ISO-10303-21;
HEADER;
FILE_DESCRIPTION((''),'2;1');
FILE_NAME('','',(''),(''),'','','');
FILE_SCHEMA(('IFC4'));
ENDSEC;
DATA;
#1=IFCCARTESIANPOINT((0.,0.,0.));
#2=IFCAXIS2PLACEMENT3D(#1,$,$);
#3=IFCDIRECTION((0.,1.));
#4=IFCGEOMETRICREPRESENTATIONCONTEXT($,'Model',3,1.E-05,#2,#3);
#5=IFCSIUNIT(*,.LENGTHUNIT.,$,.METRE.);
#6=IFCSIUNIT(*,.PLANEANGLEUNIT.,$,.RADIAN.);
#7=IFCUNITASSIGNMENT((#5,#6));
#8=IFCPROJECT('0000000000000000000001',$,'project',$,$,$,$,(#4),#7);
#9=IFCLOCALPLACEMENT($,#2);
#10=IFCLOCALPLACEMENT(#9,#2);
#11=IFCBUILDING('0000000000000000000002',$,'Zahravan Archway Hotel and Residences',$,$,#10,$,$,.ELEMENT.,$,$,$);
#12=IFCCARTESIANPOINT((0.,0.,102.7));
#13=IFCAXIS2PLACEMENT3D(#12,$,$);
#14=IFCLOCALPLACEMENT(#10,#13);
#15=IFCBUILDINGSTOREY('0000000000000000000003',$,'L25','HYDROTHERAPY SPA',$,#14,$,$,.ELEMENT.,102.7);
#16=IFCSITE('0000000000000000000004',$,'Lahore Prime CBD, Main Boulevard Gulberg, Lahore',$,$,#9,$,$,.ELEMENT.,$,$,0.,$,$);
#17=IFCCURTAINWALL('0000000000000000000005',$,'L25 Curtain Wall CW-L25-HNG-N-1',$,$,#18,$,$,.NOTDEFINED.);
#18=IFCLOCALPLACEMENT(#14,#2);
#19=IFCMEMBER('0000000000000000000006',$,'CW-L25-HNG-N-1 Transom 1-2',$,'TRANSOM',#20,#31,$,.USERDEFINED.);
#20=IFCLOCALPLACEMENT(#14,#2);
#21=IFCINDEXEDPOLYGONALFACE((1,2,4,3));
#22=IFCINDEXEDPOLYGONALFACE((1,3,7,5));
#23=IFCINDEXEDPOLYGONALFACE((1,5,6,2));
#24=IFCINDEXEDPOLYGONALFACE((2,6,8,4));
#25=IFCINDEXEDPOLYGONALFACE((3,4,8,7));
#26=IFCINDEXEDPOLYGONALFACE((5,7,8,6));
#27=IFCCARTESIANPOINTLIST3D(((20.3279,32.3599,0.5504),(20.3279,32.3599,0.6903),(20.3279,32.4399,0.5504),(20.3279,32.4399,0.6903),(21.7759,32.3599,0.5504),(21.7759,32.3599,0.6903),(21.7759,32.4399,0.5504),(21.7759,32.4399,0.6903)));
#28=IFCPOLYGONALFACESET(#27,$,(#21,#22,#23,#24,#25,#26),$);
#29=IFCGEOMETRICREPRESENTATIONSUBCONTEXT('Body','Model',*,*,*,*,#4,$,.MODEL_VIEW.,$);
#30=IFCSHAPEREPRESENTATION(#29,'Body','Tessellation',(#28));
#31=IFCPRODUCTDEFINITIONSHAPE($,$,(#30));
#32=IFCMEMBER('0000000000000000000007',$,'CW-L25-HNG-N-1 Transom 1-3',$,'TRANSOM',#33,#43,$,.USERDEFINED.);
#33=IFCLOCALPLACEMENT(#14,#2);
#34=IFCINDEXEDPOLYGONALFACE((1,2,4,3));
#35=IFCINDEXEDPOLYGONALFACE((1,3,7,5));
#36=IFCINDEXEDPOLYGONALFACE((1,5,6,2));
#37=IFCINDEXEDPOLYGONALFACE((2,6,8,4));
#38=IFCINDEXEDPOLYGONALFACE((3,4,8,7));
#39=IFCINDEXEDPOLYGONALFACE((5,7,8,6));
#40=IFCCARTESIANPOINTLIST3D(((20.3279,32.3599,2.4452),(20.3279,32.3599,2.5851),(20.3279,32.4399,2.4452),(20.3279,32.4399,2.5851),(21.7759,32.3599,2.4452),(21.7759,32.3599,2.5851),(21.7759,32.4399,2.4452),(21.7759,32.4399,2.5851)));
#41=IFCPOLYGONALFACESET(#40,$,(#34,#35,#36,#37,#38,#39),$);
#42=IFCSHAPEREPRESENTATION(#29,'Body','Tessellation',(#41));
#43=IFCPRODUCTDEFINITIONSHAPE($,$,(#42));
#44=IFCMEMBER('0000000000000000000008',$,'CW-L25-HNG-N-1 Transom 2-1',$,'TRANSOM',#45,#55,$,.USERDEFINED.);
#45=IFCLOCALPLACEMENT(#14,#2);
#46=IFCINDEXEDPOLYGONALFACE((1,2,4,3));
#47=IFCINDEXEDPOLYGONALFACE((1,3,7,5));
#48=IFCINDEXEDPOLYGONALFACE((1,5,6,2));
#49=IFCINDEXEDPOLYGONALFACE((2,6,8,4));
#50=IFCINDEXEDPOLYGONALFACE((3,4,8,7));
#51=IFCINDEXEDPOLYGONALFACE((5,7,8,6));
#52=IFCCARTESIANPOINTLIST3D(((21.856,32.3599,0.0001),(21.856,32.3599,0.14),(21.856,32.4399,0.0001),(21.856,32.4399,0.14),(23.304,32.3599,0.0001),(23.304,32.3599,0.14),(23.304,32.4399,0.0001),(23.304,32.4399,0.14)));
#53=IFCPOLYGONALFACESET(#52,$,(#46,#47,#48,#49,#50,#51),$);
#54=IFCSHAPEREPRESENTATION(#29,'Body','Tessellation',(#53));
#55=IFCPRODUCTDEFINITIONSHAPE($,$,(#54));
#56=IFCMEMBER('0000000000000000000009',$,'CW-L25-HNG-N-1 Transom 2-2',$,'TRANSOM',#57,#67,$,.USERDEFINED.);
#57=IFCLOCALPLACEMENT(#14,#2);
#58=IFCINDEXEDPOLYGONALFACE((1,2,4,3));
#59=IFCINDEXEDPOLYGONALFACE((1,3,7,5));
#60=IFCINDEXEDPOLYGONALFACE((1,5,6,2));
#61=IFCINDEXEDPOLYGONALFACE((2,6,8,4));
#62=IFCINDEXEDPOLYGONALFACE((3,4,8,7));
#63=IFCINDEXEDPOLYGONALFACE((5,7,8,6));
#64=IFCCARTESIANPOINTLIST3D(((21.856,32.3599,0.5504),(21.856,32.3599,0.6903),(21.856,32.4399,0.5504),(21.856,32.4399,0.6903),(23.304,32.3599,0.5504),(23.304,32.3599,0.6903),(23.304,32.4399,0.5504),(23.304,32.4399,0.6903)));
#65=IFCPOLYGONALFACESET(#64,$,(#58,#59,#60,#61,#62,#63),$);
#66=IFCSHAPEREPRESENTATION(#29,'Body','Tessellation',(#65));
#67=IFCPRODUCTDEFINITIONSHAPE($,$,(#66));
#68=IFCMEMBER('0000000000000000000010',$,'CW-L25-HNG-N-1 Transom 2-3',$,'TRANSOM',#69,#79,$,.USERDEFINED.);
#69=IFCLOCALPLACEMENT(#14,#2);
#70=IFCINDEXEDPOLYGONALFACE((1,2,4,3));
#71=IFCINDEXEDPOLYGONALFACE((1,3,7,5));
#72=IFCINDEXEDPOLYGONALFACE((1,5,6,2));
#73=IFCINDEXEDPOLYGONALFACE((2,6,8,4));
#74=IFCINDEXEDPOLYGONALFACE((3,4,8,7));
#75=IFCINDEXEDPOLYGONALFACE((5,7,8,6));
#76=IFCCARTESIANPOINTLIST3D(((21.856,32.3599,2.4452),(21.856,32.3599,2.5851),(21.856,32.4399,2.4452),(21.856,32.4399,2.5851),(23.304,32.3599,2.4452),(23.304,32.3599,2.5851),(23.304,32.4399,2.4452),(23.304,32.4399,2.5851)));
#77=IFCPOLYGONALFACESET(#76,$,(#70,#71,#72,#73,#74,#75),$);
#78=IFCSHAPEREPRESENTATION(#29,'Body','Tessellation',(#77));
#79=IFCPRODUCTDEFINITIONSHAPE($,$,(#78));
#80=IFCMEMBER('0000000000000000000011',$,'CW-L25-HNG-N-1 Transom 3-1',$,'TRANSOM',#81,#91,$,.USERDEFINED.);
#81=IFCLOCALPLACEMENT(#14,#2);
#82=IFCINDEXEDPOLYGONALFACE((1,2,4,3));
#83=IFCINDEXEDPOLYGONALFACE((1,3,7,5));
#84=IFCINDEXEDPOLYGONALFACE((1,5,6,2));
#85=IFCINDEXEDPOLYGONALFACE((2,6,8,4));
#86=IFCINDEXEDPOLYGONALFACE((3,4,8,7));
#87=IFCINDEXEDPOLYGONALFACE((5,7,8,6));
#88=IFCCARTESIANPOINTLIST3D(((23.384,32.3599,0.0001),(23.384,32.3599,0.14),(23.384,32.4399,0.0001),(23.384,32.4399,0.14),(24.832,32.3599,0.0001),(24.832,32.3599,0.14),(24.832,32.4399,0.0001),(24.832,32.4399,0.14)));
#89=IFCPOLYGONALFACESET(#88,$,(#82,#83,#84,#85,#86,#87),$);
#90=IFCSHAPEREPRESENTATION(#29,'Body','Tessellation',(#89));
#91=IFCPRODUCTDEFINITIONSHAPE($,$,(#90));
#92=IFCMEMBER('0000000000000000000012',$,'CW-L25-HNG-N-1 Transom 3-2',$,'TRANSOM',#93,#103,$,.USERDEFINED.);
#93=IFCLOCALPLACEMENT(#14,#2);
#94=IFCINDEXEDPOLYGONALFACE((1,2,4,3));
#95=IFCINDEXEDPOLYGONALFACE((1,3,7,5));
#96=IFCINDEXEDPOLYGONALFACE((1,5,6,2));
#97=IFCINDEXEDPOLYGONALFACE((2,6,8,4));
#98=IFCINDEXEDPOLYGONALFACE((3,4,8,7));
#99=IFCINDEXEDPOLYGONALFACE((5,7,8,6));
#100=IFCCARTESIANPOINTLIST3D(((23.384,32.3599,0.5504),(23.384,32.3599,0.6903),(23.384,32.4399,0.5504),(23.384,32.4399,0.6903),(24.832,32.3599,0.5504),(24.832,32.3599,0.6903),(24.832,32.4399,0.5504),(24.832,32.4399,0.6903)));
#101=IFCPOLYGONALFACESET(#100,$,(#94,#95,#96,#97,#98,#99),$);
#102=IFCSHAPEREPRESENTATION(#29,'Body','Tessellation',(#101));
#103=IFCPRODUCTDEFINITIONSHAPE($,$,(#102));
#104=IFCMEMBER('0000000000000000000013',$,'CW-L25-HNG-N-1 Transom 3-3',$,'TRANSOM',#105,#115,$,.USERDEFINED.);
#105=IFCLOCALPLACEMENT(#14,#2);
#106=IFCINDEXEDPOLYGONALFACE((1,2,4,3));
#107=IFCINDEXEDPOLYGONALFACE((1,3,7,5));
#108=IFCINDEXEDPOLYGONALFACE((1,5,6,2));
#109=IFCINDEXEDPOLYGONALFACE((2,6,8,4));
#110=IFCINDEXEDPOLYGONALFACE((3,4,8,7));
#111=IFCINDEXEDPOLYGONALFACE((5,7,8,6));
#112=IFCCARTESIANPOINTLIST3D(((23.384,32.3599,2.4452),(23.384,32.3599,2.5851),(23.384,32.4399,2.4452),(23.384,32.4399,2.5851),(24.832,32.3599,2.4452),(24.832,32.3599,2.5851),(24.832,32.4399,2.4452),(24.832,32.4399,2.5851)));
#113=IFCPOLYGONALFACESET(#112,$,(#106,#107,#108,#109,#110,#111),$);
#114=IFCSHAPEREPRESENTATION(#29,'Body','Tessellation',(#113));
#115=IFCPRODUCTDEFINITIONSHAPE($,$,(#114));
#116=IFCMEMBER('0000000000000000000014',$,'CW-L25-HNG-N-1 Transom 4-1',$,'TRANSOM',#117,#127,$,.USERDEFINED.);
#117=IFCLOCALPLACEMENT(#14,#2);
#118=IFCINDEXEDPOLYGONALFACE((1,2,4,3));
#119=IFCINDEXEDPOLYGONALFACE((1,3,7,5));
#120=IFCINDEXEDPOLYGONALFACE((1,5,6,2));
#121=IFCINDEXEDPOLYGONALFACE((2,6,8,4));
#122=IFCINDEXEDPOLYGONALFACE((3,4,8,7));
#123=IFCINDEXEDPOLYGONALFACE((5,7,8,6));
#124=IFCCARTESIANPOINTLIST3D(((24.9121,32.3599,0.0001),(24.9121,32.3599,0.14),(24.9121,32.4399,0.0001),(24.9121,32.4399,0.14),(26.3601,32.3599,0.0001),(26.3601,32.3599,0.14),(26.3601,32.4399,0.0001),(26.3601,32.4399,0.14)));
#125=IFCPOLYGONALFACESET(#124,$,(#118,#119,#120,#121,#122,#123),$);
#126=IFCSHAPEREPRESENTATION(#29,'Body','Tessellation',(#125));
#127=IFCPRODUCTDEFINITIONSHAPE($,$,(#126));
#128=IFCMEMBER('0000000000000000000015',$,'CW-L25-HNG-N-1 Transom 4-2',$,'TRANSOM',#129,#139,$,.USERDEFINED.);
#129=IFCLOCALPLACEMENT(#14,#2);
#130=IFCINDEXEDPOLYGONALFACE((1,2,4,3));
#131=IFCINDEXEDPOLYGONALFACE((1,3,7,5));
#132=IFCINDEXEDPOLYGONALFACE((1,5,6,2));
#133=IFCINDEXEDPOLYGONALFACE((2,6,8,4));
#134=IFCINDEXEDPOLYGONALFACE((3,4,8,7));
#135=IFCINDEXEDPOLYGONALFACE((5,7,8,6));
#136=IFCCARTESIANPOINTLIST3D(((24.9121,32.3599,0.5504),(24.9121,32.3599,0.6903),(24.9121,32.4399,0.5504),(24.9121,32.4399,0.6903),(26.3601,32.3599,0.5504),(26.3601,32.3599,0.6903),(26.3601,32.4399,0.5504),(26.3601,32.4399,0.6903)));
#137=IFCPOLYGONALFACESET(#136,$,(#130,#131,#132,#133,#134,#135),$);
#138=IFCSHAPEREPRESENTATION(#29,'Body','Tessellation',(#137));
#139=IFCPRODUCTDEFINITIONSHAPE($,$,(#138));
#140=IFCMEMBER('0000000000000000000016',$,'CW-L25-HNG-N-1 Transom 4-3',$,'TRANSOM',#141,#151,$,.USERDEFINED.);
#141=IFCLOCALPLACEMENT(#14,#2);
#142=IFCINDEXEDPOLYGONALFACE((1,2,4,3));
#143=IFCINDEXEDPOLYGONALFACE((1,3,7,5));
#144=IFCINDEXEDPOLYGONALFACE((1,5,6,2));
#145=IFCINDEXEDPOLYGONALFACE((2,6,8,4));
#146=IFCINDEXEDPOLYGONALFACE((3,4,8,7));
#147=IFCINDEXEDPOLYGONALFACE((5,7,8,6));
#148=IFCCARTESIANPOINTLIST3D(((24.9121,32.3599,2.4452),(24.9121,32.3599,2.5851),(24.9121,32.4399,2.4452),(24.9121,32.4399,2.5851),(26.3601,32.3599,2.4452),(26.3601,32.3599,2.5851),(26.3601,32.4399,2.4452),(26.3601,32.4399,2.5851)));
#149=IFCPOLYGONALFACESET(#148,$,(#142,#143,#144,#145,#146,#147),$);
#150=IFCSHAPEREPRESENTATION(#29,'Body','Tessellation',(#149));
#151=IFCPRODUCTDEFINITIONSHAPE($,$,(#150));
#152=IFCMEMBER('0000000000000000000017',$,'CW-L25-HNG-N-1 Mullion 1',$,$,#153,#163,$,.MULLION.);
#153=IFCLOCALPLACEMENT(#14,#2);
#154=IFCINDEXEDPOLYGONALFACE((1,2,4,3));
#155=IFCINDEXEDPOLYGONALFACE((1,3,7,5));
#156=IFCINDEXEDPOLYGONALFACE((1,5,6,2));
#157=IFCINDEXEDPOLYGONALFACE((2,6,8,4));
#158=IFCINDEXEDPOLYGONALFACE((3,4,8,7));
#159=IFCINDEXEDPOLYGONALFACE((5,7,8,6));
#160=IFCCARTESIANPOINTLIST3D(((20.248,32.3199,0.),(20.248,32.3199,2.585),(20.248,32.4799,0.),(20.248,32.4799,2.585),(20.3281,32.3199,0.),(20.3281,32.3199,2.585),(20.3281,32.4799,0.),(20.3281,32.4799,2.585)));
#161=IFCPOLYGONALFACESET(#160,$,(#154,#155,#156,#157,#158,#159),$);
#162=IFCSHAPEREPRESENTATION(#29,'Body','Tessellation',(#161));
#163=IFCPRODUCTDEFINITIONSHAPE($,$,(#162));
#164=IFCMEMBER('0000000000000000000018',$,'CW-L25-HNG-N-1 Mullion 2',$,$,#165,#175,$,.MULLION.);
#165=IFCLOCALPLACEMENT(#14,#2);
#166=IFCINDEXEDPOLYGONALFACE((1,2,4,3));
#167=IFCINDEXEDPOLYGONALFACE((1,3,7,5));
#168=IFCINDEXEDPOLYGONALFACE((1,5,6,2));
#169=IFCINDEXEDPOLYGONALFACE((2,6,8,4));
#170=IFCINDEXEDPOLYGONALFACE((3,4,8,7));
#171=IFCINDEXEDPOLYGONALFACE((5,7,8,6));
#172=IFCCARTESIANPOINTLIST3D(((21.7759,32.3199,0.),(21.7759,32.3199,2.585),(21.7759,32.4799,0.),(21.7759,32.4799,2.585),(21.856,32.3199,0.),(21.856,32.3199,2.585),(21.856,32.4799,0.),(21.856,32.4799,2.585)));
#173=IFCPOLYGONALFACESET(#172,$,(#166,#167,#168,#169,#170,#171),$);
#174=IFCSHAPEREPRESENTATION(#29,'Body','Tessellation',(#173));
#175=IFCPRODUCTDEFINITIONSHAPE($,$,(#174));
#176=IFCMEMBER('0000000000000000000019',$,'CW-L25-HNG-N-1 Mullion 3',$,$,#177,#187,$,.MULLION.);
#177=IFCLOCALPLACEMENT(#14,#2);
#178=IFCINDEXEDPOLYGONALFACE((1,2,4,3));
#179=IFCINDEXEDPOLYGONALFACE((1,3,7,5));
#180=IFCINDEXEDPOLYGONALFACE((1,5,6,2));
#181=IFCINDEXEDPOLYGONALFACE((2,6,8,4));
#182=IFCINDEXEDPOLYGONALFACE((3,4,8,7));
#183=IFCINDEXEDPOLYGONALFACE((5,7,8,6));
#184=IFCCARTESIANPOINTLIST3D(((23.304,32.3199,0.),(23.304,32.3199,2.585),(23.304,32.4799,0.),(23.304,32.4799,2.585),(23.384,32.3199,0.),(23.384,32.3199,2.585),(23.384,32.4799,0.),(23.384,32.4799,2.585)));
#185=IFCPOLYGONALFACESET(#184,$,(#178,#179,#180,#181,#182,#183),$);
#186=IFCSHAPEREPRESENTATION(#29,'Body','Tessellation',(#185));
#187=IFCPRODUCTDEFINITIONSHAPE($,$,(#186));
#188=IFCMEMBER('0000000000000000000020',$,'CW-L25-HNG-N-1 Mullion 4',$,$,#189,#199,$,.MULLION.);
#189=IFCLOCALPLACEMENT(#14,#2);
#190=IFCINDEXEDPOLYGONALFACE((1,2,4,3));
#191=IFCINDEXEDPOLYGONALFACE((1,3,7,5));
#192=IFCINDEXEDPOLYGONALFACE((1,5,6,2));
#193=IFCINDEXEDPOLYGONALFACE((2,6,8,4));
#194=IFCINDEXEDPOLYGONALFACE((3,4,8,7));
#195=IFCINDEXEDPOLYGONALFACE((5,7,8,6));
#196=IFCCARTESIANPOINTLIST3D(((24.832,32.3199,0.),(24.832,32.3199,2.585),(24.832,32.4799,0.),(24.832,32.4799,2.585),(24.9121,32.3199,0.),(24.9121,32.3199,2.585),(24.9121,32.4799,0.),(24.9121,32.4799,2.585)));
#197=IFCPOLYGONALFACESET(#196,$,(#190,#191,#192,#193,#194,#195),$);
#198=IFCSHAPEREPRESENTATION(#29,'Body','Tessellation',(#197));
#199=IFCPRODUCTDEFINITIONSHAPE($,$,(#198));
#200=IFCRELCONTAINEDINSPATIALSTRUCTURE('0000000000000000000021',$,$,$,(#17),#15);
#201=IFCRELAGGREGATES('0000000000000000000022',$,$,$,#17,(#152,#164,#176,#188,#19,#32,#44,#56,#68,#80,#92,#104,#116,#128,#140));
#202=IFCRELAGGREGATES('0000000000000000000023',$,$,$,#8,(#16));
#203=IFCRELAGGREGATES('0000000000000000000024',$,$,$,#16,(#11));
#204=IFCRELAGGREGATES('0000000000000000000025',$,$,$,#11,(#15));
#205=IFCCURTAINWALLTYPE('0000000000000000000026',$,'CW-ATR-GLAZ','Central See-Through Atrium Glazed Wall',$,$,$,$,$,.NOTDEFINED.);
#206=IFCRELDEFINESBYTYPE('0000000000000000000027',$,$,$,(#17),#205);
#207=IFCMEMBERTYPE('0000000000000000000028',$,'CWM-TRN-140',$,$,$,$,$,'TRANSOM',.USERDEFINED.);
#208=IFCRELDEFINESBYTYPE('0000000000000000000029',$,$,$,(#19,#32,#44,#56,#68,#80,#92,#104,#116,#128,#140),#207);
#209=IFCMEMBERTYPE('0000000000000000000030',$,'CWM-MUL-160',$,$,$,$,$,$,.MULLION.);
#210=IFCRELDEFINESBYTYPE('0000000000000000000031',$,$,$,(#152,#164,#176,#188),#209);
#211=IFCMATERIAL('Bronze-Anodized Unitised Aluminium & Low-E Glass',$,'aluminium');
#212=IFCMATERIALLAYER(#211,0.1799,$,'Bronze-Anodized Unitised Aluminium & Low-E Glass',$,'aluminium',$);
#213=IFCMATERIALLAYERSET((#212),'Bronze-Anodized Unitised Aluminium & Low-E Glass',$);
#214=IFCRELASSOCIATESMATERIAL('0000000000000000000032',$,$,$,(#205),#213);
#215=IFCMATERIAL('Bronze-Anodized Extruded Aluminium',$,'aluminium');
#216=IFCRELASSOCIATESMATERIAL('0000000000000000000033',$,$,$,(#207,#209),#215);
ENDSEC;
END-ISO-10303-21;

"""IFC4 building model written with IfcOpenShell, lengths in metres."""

from ifc_helpers import new_model, si_unit, direction, frame, origin, origin_2d, place, context, subcontext, project, spatial, rectangle, extrude, source, transform, mapped, material, layer, layer_set, material_profile, profile_set, type_object, element, aggregate, save


model = new_model("IFC4")

# Units and contexts
model_context = context("Model", 3, precision=1e-05, world=origin(), true_north=direction((0.0, 1.0)))
body_context = subcontext(model_context, "Body", "Model", "MODEL_VIEW")
ifc_project = project(units=[si_unit("LENGTHUNIT", "METRE"), si_unit("PLANEANGLEUNIT", "RADIAN")], contexts=[model_context])

# Site, building, storey
site_placement = place(None, origin())
site = spatial("IfcSite", under=ifc_project, at=site_placement, Name="Lahore Prime CBD, Main Boulevard Gulberg, Lahore", CompositionType="ELEMENT", RefElevation=0.0)
building_placement = place(site_placement, origin())
building = spatial("IfcBuilding", under=site, at=building_placement, Name="Zahravan Archway Hotel and Residences", CompositionType="ELEMENT")
storey_placement = place(building_placement, frame((0.0, 0.0, 102.7)))
storey = spatial("IfcBuildingStorey", under=building, at=storey_placement, Name="L25", Description="HYDROTHERAPY SPA", CompositionType="ELEMENT", Elevation=102.7)

# Curtain wall, members
ifc_material_1 = material(Name="Bronze-Anodized Unitised Aluminium & Low-E Glass", Category="aluminium")
ifc_layer_1 = layer(ifc_material_1, 0.1799, Name="Bronze-Anodized Unitised Aluminium & Low-E Glass", Category="aluminium")
ifc_layer_set_1 = layer_set([ifc_layer_1], Name="Bronze-Anodized Unitised Aluminium & Low-E Glass")
curtain_wall_type = type_object("IfcCurtainWallType", Name="CW-ATR-GLAZ", Description="Central See-Through Atrium Glazed Wall", PredefinedType="NOTDEFINED", material=ifc_layer_set_1)
curtain_wall_placement = place(storey_placement, origin())
curtain_wall = element("IfcCurtainWall", 1, at=curtain_wall_placement, inside=storey, type_object=curtain_wall_type, Name="L25 Curtain Wall CW-L25-HNG-N-1", PredefinedType="NOTDEFINED")
ifc_material_2 = material(Name="Bronze-Anodized Extruded Aluminium", Category="aluminium")
ifc_material_profile_1 = material_profile(ifc_material_2, rectangle(XDim=0.0801, YDim=0.1399, at=origin_2d()), Name="TRN 80x140", Category="aluminium")
ifc_profile_set_1 = profile_set([ifc_material_profile_1], Name="Bronze-Anodized Extruded Aluminium")
member_type_1 = type_object("IfcMemberType", Name="CWM-TRN-140", ElementType="TRANSOM", PredefinedType="USERDEFINED", material=ifc_profile_set_1)
shared_shape_1 = source(origin(), body_context, "Body", "SweptSolid", [
    extrude(rectangle(XDim=0.0801, YDim=0.1399, at=origin_2d()), origin(), (0.0, 0.0, 1.0), 1.448),
])
member_1_placement = place(storey_placement, frame((20.3279, 32.3999, 0.6204), z_axis=(1.0, 0.0, 0.0), x_axis=(0.0, 1.0, 0.0)))
member_1 = element("IfcMember", 2, at=member_1_placement, type_object=member_type_1, Name="CW-L25-HNG-N-1 Transom 1-2", ObjectType="TRANSOM", PredefinedType="USERDEFINED", context=body_context, shape_type="MappedRepresentation", body=[
    mapped(shared_shape_1, transform((0.0, 0.0, 0.0), scale=1.0)),
])
member_2_placement = place(storey_placement, frame((20.3279, 32.3999, 2.5151), z_axis=(1.0, 0.0, 0.0), x_axis=(0.0, 1.0, 0.0)))
member_2 = element("IfcMember", 3, at=member_2_placement, type_object=member_type_1, Name="CW-L25-HNG-N-1 Transom 1-3", ObjectType="TRANSOM", PredefinedType="USERDEFINED", context=body_context, shape_type="MappedRepresentation", body=[
    mapped(shared_shape_1, transform((0.0, 0.0, 0.0), scale=1.0)),
])
member_3_placement = place(storey_placement, frame((21.856, 32.3999, 0.0701), z_axis=(1.0, 0.0, 0.0), x_axis=(0.0, 1.0, 0.0)))
member_3 = element("IfcMember", 4, at=member_3_placement, type_object=member_type_1, Name="CW-L25-HNG-N-1 Transom 2-1", ObjectType="TRANSOM", PredefinedType="USERDEFINED", context=body_context, shape_type="MappedRepresentation", body=[
    mapped(shared_shape_1, transform((0.0, 0.0, 0.0), scale=1.0)),
])
member_4_placement = place(storey_placement, frame((21.856, 32.3999, 0.6204), z_axis=(1.0, 0.0, 0.0), x_axis=(0.0, 1.0, 0.0)))
member_4 = element("IfcMember", 5, at=member_4_placement, type_object=member_type_1, Name="CW-L25-HNG-N-1 Transom 2-2", ObjectType="TRANSOM", PredefinedType="USERDEFINED", context=body_context, shape_type="MappedRepresentation", body=[
    mapped(shared_shape_1, transform((0.0, 0.0, 0.0), scale=1.0)),
])
member_5_placement = place(storey_placement, frame((21.856, 32.3999, 2.5151), z_axis=(1.0, 0.0, 0.0), x_axis=(0.0, 1.0, 0.0)))
member_5 = element("IfcMember", 6, at=member_5_placement, type_object=member_type_1, Name="CW-L25-HNG-N-1 Transom 2-3", ObjectType="TRANSOM", PredefinedType="USERDEFINED", context=body_context, shape_type="MappedRepresentation", body=[
    mapped(shared_shape_1, transform((0.0, 0.0, 0.0), scale=1.0)),
])
member_6_placement = place(storey_placement, frame((23.384, 32.3999, 0.0701), z_axis=(1.0, 0.0, 0.0), x_axis=(0.0, 1.0, 0.0)))
member_6 = element("IfcMember", 7, at=member_6_placement, type_object=member_type_1, Name="CW-L25-HNG-N-1 Transom 3-1", ObjectType="TRANSOM", PredefinedType="USERDEFINED", context=body_context, shape_type="MappedRepresentation", body=[
    mapped(shared_shape_1, transform((0.0, 0.0, 0.0), scale=1.0)),
])
member_7_placement = place(storey_placement, frame((23.384, 32.3999, 0.6204), z_axis=(1.0, 0.0, 0.0), x_axis=(0.0, 1.0, 0.0)))
member_7 = element("IfcMember", 8, at=member_7_placement, type_object=member_type_1, Name="CW-L25-HNG-N-1 Transom 3-2", ObjectType="TRANSOM", PredefinedType="USERDEFINED", context=body_context, shape_type="MappedRepresentation", body=[
    mapped(shared_shape_1, transform((0.0, 0.0, 0.0), scale=1.0)),
])
member_8_placement = place(storey_placement, frame((23.384, 32.3999, 2.5151), z_axis=(1.0, 0.0, 0.0), x_axis=(0.0, 1.0, 0.0)))
member_8 = element("IfcMember", 9, at=member_8_placement, type_object=member_type_1, Name="CW-L25-HNG-N-1 Transom 3-3", ObjectType="TRANSOM", PredefinedType="USERDEFINED", context=body_context, shape_type="MappedRepresentation", body=[
    mapped(shared_shape_1, transform((0.0, 0.0, 0.0), scale=1.0)),
])
member_9_placement = place(storey_placement, frame((24.9121, 32.3999, 0.0701), z_axis=(1.0, 0.0, 0.0), x_axis=(0.0, 1.0, 0.0)))
member_9 = element("IfcMember", 10, at=member_9_placement, type_object=member_type_1, Name="CW-L25-HNG-N-1 Transom 4-1", ObjectType="TRANSOM", PredefinedType="USERDEFINED", context=body_context, shape_type="MappedRepresentation", body=[
    mapped(shared_shape_1, transform((0.0, 0.0, 0.0), scale=1.0)),
])
member_10_placement = place(storey_placement, frame((24.9121, 32.3999, 0.6204), z_axis=(1.0, 0.0, 0.0), x_axis=(0.0, 1.0, 0.0)))
member_10 = element("IfcMember", 11, at=member_10_placement, type_object=member_type_1, Name="CW-L25-HNG-N-1 Transom 4-2", ObjectType="TRANSOM", PredefinedType="USERDEFINED", context=body_context, shape_type="MappedRepresentation", body=[
    mapped(shared_shape_1, transform((0.0, 0.0, 0.0), scale=1.0)),
])
member_11_placement = place(storey_placement, frame((24.9121, 32.3999, 2.5151), z_axis=(1.0, 0.0, 0.0), x_axis=(0.0, 1.0, 0.0)))
member_11 = element("IfcMember", 12, at=member_11_placement, type_object=member_type_1, Name="CW-L25-HNG-N-1 Transom 4-3", ObjectType="TRANSOM", PredefinedType="USERDEFINED", context=body_context, shape_type="MappedRepresentation", body=[
    mapped(shared_shape_1, transform((0.0, 0.0, 0.0), scale=1.0)),
])
ifc_material_profile_2 = material_profile(ifc_material_2, rectangle(XDim=0.0801, YDim=0.1599, at=origin_2d()), Name="MUL 80x160", Category="aluminium")
ifc_profile_set_2 = profile_set([ifc_material_profile_2], Name="Bronze-Anodized Extruded Aluminium")
member_type_2 = type_object("IfcMemberType", Name="CWM-MUL-160", PredefinedType="MULLION", material=ifc_profile_set_2)
shared_shape_2 = source(origin(), body_context, "Body", "SweptSolid", [
    extrude(rectangle(XDim=0.0801, YDim=0.1599, at=origin_2d()), origin(), (0.0, 0.0, 1.0), 2.585),
])
member_12_placement = place(storey_placement, frame((20.2881, 32.3999, 0.0), z_axis=(0.0, 0.0, 1.0), x_axis=(1.0, 0.0, 0.0)))
member_12 = element("IfcMember", 13, at=member_12_placement, type_object=member_type_2, Name="CW-L25-HNG-N-1 Mullion 1", PredefinedType="MULLION", context=body_context, shape_type="MappedRepresentation", body=[
    mapped(shared_shape_2, transform((0.0, 0.0, 0.0), scale=1.0)),
])
member_13_placement = place(storey_placement, frame((21.8159, 32.3999, 0.0), z_axis=(0.0, 0.0, 1.0), x_axis=(1.0, 0.0, 0.0)))
member_13 = element("IfcMember", 14, at=member_13_placement, type_object=member_type_2, Name="CW-L25-HNG-N-1 Mullion 2", PredefinedType="MULLION", context=body_context, shape_type="MappedRepresentation", body=[
    mapped(shared_shape_2, transform((0.0, 0.0, 0.0), scale=1.0)),
])
member_14_placement = place(storey_placement, frame((23.344, 32.3999, 0.0), z_axis=(0.0, 0.0, 1.0), x_axis=(1.0, 0.0, 0.0)))
member_14 = element("IfcMember", 15, at=member_14_placement, type_object=member_type_2, Name="CW-L25-HNG-N-1 Mullion 3", PredefinedType="MULLION", context=body_context, shape_type="MappedRepresentation", body=[
    mapped(shared_shape_2, transform((0.0, 0.0, 0.0), scale=1.0)),
])
member_15_placement = place(storey_placement, frame((24.8721, 32.3999, 0.0), z_axis=(0.0, 0.0, 1.0), x_axis=(1.0, 0.0, 0.0)))
member_15 = element("IfcMember", 16, at=member_15_placement, type_object=member_type_2, Name="CW-L25-HNG-N-1 Mullion 4", PredefinedType="MULLION", context=body_context, shape_type="MappedRepresentation", body=[
    mapped(shared_shape_2, transform((0.0, 0.0, 0.0), scale=1.0)),
])
aggregate(curtain_wall, [member_12, member_13, member_14, member_15, member_1, member_2, member_3, member_4, member_5, member_6, member_7, member_8, member_9, member_10, member_11])

save(model, "model.ifc")
